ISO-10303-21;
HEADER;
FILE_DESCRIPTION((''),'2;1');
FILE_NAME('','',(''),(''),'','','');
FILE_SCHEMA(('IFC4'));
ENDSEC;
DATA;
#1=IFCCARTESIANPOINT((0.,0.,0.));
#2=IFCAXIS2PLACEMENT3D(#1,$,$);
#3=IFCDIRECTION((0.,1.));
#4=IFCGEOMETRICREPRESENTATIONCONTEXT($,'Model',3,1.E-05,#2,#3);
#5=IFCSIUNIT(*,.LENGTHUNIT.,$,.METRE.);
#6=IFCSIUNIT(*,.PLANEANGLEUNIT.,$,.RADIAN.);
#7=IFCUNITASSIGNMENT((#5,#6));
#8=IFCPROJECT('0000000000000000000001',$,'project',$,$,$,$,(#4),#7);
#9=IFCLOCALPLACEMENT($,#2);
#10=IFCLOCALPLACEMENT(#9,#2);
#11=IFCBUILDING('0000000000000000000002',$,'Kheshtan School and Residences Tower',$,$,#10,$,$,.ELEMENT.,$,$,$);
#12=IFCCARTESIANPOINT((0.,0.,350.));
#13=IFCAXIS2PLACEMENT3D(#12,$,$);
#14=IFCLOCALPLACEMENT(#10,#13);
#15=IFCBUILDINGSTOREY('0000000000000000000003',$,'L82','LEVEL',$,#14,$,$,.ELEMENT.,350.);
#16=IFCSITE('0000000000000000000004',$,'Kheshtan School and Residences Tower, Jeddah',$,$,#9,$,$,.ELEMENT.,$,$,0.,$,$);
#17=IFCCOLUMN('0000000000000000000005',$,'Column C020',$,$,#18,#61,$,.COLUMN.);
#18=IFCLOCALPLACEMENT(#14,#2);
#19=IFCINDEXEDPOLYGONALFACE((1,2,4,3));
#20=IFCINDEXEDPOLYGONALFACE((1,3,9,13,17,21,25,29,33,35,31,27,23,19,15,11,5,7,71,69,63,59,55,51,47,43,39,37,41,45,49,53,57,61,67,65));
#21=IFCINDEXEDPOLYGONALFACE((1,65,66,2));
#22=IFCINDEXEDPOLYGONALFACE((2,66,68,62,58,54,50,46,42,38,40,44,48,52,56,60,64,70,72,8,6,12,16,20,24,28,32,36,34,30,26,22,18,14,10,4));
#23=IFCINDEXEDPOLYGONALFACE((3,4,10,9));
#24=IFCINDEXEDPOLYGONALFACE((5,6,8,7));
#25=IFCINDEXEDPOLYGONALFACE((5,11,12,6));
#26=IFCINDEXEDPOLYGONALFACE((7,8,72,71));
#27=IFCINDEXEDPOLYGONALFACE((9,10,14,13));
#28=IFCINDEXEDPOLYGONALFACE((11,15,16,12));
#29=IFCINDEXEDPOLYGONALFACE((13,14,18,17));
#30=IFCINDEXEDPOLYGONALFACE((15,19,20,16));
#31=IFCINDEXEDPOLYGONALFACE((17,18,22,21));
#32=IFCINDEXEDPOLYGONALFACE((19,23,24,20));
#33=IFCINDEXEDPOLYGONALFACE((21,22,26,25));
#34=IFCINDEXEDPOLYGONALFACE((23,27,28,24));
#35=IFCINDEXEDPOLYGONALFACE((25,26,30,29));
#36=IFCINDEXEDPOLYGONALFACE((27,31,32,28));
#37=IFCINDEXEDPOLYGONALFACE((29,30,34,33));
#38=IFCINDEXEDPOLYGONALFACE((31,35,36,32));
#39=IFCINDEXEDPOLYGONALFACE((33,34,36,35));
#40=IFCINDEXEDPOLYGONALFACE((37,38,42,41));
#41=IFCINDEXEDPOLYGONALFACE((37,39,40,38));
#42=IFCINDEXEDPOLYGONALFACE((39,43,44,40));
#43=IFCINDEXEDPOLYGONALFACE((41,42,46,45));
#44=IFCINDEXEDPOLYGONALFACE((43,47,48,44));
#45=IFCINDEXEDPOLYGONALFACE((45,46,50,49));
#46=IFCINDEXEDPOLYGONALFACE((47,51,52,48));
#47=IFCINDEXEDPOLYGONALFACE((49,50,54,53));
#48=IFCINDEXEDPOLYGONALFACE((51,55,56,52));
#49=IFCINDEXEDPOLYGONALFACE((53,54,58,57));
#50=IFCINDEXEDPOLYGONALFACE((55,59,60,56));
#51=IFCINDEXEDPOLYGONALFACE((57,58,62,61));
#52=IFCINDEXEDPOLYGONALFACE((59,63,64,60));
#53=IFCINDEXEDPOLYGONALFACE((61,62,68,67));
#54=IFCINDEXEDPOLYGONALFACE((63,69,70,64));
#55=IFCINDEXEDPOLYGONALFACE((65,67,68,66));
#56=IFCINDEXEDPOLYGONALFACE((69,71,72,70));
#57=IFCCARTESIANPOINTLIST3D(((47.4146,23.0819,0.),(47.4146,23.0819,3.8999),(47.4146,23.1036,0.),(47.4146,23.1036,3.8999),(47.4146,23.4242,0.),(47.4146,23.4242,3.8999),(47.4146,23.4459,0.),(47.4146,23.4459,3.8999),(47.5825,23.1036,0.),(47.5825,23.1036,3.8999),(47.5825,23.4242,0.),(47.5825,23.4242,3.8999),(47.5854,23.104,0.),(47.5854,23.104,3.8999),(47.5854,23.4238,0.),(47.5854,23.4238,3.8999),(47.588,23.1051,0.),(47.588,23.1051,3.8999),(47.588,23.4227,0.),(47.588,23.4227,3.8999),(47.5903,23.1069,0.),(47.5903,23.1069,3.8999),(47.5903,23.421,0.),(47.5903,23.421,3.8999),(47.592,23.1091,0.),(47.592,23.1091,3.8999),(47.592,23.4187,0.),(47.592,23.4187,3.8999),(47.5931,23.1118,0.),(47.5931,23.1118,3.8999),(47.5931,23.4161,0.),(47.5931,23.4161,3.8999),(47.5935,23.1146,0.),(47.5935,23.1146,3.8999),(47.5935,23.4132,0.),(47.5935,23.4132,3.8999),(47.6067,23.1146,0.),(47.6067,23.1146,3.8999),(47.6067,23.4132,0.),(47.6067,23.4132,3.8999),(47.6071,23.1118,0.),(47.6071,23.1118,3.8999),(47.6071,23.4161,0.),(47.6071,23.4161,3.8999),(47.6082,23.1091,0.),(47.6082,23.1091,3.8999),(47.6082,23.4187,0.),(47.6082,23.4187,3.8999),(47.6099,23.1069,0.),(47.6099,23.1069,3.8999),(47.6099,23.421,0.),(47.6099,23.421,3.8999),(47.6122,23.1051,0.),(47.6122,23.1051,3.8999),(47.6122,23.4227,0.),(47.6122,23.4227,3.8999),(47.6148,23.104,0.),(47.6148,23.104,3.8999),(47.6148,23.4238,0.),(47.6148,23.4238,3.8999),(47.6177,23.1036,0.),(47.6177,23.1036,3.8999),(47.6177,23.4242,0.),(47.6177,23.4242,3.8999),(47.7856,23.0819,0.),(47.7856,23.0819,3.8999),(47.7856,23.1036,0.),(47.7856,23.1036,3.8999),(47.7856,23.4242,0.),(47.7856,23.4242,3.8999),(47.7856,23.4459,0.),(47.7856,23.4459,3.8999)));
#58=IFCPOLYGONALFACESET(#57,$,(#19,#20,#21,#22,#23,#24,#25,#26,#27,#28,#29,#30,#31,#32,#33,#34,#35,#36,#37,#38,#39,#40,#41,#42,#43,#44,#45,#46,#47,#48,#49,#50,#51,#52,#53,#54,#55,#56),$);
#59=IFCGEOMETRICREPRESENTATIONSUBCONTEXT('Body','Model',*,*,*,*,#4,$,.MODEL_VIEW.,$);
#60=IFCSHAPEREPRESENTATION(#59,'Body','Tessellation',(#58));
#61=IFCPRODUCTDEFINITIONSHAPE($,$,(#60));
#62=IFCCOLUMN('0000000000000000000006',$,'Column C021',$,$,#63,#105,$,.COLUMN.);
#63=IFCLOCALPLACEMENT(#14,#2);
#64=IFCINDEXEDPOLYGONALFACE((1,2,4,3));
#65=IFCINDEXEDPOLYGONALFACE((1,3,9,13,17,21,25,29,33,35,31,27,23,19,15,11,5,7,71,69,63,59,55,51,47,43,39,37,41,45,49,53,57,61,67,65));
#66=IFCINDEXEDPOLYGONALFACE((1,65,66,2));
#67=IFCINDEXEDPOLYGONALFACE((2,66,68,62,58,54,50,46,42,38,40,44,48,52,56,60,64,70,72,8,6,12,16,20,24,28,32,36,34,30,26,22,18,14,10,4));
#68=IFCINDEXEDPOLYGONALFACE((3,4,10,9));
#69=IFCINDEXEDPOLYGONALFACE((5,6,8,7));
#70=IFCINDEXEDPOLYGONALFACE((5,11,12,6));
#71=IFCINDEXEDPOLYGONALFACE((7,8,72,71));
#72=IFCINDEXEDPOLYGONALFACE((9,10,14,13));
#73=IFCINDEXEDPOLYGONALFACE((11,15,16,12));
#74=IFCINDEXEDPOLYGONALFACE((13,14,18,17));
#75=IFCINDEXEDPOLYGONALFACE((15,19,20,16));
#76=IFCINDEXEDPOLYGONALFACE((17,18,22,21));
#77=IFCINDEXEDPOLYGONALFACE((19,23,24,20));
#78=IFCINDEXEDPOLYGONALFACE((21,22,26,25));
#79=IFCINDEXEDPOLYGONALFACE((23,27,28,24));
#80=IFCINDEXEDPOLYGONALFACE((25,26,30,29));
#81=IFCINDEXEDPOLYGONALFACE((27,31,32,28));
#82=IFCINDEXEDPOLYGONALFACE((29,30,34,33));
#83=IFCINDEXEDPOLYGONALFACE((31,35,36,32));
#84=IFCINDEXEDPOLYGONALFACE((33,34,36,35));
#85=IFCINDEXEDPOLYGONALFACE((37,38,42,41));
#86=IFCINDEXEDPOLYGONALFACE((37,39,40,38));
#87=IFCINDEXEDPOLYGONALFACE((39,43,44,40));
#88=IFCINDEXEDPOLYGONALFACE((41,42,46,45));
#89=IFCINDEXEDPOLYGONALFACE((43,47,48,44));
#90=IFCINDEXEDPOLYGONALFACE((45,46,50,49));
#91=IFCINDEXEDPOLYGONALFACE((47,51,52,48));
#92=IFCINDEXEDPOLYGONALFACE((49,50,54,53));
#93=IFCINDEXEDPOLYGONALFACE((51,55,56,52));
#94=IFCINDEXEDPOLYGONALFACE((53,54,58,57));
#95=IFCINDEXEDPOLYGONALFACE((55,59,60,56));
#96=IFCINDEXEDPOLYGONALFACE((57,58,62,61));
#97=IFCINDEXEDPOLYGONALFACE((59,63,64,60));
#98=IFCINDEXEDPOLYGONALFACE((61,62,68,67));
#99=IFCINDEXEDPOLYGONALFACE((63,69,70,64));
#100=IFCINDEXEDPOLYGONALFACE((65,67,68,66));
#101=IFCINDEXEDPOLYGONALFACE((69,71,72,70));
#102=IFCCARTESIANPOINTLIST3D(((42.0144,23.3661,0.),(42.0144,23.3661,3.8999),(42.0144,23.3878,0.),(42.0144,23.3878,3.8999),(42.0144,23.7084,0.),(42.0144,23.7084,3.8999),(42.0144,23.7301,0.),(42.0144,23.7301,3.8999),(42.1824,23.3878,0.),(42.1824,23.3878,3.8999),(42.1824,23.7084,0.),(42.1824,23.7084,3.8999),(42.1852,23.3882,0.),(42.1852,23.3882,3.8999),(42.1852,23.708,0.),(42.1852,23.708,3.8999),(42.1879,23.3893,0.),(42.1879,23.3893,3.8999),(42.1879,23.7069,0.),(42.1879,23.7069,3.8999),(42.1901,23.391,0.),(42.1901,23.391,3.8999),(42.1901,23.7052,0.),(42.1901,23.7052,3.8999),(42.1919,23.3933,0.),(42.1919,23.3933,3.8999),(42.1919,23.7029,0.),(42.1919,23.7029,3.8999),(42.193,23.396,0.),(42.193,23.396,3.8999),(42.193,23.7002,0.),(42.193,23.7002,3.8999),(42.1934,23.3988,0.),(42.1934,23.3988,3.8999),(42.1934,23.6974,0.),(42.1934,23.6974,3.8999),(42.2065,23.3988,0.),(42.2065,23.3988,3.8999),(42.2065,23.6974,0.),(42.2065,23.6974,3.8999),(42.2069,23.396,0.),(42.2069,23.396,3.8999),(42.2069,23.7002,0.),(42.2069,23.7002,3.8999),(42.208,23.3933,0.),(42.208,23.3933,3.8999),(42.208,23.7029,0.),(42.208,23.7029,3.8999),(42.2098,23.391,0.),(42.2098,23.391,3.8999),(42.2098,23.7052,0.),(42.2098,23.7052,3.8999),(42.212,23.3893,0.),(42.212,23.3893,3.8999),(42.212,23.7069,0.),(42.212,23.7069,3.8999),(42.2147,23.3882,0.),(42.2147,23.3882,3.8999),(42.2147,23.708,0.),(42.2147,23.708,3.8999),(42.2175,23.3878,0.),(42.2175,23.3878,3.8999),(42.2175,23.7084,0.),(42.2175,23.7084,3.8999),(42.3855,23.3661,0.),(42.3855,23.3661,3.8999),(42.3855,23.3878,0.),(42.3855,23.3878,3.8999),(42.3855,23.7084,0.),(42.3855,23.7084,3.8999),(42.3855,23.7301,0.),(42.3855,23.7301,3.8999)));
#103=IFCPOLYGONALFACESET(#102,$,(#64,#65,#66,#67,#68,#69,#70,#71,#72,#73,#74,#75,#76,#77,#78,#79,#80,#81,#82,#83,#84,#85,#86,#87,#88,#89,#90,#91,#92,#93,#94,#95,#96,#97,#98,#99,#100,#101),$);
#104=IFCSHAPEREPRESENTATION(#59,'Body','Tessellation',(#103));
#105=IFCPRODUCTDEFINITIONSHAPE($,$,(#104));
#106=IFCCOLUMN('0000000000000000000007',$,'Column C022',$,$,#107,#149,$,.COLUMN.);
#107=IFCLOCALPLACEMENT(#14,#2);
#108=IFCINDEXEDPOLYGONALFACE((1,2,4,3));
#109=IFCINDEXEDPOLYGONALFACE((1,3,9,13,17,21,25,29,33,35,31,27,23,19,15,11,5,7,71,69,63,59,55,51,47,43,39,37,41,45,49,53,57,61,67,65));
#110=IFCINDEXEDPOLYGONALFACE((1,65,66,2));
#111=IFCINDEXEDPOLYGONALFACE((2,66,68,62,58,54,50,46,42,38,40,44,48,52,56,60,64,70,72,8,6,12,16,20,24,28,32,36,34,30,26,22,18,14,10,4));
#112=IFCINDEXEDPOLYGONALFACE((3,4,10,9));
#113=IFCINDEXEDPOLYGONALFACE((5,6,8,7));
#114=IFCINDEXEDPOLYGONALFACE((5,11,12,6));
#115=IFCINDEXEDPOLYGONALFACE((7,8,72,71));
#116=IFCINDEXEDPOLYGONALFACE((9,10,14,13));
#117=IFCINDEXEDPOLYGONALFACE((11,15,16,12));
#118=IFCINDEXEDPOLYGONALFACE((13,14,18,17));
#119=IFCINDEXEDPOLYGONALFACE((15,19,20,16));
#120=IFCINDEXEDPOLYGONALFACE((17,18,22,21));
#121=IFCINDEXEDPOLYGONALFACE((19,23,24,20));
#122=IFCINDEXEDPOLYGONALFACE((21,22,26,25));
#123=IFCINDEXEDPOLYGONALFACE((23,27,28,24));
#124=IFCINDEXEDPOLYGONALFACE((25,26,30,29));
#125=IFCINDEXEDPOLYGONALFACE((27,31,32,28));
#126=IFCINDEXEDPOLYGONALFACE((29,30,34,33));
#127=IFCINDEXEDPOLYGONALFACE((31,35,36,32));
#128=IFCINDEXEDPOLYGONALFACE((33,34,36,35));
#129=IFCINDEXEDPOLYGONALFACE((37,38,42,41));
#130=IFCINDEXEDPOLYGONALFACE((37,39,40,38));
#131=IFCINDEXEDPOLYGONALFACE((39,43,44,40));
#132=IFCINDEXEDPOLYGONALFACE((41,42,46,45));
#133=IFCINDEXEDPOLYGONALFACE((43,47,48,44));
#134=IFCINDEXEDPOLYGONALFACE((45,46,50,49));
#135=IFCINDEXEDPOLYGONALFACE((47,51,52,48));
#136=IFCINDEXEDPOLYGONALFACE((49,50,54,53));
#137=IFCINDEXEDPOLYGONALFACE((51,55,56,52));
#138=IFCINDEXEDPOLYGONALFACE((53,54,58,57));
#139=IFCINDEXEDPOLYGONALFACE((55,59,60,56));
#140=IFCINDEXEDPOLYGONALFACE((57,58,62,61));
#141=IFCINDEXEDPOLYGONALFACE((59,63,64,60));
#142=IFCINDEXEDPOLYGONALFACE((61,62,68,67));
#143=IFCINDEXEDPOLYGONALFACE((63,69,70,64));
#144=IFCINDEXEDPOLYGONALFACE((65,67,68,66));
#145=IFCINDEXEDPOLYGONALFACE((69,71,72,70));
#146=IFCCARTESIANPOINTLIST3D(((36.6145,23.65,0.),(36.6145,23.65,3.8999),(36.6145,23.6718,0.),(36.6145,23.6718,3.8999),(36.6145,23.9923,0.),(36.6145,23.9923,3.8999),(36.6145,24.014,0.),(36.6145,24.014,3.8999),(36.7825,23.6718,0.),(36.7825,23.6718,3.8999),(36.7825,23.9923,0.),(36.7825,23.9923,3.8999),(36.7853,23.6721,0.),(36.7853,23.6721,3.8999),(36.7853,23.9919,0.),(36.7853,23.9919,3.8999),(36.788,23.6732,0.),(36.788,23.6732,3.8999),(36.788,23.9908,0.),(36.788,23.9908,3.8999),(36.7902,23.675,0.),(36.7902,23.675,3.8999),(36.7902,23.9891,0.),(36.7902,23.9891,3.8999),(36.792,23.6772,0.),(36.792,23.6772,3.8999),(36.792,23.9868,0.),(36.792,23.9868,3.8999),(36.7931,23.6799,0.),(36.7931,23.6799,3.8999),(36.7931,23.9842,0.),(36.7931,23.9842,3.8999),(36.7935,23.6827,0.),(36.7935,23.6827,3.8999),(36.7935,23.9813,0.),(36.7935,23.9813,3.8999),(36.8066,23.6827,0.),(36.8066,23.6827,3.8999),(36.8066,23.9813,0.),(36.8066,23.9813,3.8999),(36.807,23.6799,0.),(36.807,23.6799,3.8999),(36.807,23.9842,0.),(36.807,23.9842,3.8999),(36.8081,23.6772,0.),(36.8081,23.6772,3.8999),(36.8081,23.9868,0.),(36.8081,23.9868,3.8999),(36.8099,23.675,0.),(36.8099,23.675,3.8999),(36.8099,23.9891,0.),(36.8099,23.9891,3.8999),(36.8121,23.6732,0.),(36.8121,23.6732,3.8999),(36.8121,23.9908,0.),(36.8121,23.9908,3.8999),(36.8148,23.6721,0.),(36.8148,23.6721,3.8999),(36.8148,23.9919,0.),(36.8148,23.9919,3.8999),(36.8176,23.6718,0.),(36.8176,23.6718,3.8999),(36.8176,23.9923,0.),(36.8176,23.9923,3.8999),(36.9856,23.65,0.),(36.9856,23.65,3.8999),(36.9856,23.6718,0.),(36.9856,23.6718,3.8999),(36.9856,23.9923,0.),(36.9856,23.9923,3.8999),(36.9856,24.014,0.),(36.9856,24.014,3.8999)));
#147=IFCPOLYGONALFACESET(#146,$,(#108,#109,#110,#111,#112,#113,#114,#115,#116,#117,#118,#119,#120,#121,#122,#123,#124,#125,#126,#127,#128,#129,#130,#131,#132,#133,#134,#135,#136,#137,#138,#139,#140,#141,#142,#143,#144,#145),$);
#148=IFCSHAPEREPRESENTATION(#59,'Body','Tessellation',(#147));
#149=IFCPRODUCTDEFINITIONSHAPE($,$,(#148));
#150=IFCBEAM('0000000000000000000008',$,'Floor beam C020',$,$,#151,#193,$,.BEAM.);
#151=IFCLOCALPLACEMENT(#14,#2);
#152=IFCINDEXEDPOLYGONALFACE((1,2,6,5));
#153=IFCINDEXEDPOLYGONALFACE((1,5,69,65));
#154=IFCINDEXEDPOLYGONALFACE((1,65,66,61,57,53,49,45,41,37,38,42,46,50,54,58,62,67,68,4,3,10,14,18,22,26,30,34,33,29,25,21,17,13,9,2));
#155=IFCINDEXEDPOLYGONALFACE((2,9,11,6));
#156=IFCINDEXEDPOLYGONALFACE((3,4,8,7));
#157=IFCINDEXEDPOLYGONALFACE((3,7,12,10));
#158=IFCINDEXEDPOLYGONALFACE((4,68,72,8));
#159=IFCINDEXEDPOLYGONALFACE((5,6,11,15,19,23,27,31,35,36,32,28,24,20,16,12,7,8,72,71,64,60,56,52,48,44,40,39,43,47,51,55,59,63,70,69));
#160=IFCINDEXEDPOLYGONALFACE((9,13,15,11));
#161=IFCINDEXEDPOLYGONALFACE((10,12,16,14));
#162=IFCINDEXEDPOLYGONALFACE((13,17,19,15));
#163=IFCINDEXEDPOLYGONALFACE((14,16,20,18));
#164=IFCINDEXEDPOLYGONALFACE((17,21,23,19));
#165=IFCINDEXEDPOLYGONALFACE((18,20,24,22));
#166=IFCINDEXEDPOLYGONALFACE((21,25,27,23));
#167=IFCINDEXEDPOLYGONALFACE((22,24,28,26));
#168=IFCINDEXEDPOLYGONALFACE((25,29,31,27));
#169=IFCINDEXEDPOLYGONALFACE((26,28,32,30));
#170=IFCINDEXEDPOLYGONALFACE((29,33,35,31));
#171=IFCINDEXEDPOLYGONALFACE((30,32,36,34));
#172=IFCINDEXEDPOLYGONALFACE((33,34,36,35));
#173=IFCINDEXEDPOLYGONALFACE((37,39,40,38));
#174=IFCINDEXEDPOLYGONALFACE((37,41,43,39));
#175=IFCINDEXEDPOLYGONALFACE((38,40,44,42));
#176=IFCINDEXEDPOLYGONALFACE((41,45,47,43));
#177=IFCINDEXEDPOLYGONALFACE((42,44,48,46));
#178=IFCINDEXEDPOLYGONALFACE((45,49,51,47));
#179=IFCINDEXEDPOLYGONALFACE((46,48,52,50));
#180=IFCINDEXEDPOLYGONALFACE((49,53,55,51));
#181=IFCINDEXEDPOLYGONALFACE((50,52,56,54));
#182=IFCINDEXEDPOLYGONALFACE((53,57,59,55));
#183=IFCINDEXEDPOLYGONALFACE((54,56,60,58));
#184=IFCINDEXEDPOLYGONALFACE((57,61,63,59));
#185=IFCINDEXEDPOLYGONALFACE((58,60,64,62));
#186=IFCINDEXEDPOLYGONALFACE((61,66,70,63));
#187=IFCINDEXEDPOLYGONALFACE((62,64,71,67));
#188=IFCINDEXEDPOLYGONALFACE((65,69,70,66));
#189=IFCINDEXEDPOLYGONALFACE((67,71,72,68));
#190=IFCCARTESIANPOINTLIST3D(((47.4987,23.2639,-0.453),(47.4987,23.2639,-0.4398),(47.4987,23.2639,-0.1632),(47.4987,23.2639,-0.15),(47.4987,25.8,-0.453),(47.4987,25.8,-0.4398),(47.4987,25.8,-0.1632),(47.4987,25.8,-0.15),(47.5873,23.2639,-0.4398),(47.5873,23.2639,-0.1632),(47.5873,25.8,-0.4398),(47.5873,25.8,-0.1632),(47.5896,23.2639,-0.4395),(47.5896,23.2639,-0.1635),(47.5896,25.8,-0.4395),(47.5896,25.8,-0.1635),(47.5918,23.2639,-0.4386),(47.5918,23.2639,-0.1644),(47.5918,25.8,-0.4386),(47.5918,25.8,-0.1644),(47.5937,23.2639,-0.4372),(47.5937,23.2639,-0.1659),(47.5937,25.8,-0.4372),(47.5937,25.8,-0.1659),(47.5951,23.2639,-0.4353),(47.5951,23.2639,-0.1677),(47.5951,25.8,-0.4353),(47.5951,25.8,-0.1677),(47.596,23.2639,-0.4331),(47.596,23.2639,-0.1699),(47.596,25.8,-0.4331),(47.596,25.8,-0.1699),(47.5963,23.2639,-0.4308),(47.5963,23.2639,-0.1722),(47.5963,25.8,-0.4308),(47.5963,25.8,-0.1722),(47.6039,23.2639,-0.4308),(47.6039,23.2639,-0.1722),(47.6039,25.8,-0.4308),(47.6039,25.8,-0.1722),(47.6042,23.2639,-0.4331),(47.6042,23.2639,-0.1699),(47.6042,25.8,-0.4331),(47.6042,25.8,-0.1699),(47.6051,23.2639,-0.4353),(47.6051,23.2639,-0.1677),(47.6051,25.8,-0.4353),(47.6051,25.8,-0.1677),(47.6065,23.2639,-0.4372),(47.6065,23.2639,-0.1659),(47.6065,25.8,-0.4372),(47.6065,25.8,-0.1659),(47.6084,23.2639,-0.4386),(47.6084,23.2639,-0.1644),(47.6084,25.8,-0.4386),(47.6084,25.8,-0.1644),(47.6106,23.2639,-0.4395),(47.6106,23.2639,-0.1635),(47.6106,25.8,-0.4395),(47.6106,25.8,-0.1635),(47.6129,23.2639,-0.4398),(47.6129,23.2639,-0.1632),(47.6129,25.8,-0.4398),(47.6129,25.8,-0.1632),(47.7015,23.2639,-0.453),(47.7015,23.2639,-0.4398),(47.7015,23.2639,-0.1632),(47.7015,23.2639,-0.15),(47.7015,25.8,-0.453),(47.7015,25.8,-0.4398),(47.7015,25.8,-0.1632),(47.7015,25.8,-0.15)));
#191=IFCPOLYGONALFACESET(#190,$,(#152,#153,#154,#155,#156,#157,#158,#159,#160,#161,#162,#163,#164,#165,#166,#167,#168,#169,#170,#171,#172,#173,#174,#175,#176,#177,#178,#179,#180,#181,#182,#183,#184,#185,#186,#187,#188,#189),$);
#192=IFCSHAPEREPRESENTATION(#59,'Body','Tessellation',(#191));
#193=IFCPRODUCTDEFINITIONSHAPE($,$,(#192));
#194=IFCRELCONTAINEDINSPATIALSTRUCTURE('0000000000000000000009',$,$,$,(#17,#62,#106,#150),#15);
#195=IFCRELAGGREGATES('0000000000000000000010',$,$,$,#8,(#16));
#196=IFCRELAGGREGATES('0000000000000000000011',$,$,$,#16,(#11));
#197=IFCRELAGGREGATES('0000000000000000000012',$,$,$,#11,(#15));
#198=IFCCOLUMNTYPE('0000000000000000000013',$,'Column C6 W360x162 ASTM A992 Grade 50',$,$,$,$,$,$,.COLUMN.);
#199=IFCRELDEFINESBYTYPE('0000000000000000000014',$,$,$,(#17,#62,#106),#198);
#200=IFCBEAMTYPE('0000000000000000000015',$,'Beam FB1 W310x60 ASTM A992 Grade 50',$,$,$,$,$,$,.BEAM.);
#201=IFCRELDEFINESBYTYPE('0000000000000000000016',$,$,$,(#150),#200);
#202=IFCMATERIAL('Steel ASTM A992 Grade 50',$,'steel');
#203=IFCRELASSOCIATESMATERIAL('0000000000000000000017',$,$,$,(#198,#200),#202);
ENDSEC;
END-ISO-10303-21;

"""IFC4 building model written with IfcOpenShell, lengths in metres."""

from ifc_helpers import new_model, si_unit, direction, frame, origin, origin_2d, place, context, subcontext, project, spatial, i_section, extrude, material, material_profile, profile_set, type_object, element, save


model = new_model("IFC4")

# Units and contexts
model_context = context("Model", 3, precision=1e-05, world=origin(), true_north=direction((0.0, 1.0)))
body_context = subcontext(model_context, "Body", "Model", "MODEL_VIEW")
ifc_project = project(units=[si_unit("LENGTHUNIT", "METRE"), si_unit("PLANEANGLEUNIT", "RADIAN")], contexts=[model_context])

# Site, building, storey
site_placement = place(None, origin())
site = spatial("IfcSite", under=ifc_project, at=site_placement, Name="Kheshtan School and Residences Tower, Jeddah", CompositionType="ELEMENT", RefElevation=0.0)
building_placement = place(site_placement, origin())
building = spatial("IfcBuilding", under=site, at=building_placement, Name="Kheshtan School and Residences Tower", CompositionType="ELEMENT")
storey_placement = place(building_placement, frame((0.0, 0.0, 350.0)))
storey = spatial("IfcBuildingStorey", under=building, at=storey_placement, Name="L82", Description="LEVEL", CompositionType="ELEMENT", Elevation=350.0)

# Columns
ifc_material_1 = material(Name="Steel ASTM A992 Grade 50", Category="steel")
ifc_material_profile_1 = material_profile(ifc_material_1, i_section(OverallWidth=0.3711, OverallDepth=0.364, WebThickness=0.0132, FlangeThickness=0.0217, FilletRadius=0.011, at=origin_2d()), Name="W360x162")
ifc_profile_set_1 = profile_set([ifc_material_profile_1], Name="Steel ASTM A992 Grade 50")
column_type = type_object("IfcColumnType", Name="Column C6 W360x162 ASTM A992 Grade 50", PredefinedType="COLUMN", material=ifc_profile_set_1)
for number, where, z_axis, x_axis, name in (
    (1, (47.6001, 23.2639, 0.0), (0.0, 0.0, 1.0), (1.0, 0.0, 0.0), "Column C020"),
    (2, (42.2, 23.5481, 0.0), (0.0, 0.0, 1.0), (1.0, 0.0, 0.0), "Column C021"),
    (3, (36.8, 23.832, 0.0), (0.0, 0.0, 1.0), (1.0, 0.0, 0.0), "Column C022"),
):
    element("IfcColumn", number, at=place(storey_placement, frame(where, z_axis=z_axis, x_axis=x_axis)), inside=storey, type_object=column_type, Name=name, PredefinedType="COLUMN", context=body_context, shape_type="SweptSolid", body=[
        extrude(i_section(OverallWidth=0.3711, OverallDepth=0.364, WebThickness=0.0132, FlangeThickness=0.0217, FilletRadius=0.011, at=origin_2d()), origin(), (0.0, 0.0, 1.0), 3.8999),
    ])

# Beam
ifc_material_profile_2 = material_profile(ifc_material_1, i_section(OverallWidth=0.2029, OverallDepth=0.303, WebThickness=0.0076, FlangeThickness=0.0132, FilletRadius=0.009, at=origin_2d()), Name="W310x60")
ifc_profile_set_2 = profile_set([ifc_material_profile_2], Name="Steel ASTM A992 Grade 50")
beam_type_1 = type_object("IfcBeamType", Name="Beam FB1 W310x60 ASTM A992 Grade 50", PredefinedType="BEAM", material=ifc_profile_set_2)
beam_1_placement = place(storey_placement, frame((47.6001, 23.2639, -0.3015), z_axis=(0.0, 1.0, 0.0), x_axis=(-1.0, 0.0, 0.0)))
element("IfcBeam", 4, at=beam_1_placement, inside=storey, type_object=beam_type_1, Name="Floor beam C020", PredefinedType="BEAM", context=body_context, shape_type="SweptSolid", body=[
    extrude(i_section(OverallWidth=0.2029, OverallDepth=0.303, WebThickness=0.0076, FlangeThickness=0.0132, FilletRadius=0.009, at=origin_2d()), origin(), (0.0, 0.0, 1.0), 2.5361),
])

save(model, "model.ifc")
